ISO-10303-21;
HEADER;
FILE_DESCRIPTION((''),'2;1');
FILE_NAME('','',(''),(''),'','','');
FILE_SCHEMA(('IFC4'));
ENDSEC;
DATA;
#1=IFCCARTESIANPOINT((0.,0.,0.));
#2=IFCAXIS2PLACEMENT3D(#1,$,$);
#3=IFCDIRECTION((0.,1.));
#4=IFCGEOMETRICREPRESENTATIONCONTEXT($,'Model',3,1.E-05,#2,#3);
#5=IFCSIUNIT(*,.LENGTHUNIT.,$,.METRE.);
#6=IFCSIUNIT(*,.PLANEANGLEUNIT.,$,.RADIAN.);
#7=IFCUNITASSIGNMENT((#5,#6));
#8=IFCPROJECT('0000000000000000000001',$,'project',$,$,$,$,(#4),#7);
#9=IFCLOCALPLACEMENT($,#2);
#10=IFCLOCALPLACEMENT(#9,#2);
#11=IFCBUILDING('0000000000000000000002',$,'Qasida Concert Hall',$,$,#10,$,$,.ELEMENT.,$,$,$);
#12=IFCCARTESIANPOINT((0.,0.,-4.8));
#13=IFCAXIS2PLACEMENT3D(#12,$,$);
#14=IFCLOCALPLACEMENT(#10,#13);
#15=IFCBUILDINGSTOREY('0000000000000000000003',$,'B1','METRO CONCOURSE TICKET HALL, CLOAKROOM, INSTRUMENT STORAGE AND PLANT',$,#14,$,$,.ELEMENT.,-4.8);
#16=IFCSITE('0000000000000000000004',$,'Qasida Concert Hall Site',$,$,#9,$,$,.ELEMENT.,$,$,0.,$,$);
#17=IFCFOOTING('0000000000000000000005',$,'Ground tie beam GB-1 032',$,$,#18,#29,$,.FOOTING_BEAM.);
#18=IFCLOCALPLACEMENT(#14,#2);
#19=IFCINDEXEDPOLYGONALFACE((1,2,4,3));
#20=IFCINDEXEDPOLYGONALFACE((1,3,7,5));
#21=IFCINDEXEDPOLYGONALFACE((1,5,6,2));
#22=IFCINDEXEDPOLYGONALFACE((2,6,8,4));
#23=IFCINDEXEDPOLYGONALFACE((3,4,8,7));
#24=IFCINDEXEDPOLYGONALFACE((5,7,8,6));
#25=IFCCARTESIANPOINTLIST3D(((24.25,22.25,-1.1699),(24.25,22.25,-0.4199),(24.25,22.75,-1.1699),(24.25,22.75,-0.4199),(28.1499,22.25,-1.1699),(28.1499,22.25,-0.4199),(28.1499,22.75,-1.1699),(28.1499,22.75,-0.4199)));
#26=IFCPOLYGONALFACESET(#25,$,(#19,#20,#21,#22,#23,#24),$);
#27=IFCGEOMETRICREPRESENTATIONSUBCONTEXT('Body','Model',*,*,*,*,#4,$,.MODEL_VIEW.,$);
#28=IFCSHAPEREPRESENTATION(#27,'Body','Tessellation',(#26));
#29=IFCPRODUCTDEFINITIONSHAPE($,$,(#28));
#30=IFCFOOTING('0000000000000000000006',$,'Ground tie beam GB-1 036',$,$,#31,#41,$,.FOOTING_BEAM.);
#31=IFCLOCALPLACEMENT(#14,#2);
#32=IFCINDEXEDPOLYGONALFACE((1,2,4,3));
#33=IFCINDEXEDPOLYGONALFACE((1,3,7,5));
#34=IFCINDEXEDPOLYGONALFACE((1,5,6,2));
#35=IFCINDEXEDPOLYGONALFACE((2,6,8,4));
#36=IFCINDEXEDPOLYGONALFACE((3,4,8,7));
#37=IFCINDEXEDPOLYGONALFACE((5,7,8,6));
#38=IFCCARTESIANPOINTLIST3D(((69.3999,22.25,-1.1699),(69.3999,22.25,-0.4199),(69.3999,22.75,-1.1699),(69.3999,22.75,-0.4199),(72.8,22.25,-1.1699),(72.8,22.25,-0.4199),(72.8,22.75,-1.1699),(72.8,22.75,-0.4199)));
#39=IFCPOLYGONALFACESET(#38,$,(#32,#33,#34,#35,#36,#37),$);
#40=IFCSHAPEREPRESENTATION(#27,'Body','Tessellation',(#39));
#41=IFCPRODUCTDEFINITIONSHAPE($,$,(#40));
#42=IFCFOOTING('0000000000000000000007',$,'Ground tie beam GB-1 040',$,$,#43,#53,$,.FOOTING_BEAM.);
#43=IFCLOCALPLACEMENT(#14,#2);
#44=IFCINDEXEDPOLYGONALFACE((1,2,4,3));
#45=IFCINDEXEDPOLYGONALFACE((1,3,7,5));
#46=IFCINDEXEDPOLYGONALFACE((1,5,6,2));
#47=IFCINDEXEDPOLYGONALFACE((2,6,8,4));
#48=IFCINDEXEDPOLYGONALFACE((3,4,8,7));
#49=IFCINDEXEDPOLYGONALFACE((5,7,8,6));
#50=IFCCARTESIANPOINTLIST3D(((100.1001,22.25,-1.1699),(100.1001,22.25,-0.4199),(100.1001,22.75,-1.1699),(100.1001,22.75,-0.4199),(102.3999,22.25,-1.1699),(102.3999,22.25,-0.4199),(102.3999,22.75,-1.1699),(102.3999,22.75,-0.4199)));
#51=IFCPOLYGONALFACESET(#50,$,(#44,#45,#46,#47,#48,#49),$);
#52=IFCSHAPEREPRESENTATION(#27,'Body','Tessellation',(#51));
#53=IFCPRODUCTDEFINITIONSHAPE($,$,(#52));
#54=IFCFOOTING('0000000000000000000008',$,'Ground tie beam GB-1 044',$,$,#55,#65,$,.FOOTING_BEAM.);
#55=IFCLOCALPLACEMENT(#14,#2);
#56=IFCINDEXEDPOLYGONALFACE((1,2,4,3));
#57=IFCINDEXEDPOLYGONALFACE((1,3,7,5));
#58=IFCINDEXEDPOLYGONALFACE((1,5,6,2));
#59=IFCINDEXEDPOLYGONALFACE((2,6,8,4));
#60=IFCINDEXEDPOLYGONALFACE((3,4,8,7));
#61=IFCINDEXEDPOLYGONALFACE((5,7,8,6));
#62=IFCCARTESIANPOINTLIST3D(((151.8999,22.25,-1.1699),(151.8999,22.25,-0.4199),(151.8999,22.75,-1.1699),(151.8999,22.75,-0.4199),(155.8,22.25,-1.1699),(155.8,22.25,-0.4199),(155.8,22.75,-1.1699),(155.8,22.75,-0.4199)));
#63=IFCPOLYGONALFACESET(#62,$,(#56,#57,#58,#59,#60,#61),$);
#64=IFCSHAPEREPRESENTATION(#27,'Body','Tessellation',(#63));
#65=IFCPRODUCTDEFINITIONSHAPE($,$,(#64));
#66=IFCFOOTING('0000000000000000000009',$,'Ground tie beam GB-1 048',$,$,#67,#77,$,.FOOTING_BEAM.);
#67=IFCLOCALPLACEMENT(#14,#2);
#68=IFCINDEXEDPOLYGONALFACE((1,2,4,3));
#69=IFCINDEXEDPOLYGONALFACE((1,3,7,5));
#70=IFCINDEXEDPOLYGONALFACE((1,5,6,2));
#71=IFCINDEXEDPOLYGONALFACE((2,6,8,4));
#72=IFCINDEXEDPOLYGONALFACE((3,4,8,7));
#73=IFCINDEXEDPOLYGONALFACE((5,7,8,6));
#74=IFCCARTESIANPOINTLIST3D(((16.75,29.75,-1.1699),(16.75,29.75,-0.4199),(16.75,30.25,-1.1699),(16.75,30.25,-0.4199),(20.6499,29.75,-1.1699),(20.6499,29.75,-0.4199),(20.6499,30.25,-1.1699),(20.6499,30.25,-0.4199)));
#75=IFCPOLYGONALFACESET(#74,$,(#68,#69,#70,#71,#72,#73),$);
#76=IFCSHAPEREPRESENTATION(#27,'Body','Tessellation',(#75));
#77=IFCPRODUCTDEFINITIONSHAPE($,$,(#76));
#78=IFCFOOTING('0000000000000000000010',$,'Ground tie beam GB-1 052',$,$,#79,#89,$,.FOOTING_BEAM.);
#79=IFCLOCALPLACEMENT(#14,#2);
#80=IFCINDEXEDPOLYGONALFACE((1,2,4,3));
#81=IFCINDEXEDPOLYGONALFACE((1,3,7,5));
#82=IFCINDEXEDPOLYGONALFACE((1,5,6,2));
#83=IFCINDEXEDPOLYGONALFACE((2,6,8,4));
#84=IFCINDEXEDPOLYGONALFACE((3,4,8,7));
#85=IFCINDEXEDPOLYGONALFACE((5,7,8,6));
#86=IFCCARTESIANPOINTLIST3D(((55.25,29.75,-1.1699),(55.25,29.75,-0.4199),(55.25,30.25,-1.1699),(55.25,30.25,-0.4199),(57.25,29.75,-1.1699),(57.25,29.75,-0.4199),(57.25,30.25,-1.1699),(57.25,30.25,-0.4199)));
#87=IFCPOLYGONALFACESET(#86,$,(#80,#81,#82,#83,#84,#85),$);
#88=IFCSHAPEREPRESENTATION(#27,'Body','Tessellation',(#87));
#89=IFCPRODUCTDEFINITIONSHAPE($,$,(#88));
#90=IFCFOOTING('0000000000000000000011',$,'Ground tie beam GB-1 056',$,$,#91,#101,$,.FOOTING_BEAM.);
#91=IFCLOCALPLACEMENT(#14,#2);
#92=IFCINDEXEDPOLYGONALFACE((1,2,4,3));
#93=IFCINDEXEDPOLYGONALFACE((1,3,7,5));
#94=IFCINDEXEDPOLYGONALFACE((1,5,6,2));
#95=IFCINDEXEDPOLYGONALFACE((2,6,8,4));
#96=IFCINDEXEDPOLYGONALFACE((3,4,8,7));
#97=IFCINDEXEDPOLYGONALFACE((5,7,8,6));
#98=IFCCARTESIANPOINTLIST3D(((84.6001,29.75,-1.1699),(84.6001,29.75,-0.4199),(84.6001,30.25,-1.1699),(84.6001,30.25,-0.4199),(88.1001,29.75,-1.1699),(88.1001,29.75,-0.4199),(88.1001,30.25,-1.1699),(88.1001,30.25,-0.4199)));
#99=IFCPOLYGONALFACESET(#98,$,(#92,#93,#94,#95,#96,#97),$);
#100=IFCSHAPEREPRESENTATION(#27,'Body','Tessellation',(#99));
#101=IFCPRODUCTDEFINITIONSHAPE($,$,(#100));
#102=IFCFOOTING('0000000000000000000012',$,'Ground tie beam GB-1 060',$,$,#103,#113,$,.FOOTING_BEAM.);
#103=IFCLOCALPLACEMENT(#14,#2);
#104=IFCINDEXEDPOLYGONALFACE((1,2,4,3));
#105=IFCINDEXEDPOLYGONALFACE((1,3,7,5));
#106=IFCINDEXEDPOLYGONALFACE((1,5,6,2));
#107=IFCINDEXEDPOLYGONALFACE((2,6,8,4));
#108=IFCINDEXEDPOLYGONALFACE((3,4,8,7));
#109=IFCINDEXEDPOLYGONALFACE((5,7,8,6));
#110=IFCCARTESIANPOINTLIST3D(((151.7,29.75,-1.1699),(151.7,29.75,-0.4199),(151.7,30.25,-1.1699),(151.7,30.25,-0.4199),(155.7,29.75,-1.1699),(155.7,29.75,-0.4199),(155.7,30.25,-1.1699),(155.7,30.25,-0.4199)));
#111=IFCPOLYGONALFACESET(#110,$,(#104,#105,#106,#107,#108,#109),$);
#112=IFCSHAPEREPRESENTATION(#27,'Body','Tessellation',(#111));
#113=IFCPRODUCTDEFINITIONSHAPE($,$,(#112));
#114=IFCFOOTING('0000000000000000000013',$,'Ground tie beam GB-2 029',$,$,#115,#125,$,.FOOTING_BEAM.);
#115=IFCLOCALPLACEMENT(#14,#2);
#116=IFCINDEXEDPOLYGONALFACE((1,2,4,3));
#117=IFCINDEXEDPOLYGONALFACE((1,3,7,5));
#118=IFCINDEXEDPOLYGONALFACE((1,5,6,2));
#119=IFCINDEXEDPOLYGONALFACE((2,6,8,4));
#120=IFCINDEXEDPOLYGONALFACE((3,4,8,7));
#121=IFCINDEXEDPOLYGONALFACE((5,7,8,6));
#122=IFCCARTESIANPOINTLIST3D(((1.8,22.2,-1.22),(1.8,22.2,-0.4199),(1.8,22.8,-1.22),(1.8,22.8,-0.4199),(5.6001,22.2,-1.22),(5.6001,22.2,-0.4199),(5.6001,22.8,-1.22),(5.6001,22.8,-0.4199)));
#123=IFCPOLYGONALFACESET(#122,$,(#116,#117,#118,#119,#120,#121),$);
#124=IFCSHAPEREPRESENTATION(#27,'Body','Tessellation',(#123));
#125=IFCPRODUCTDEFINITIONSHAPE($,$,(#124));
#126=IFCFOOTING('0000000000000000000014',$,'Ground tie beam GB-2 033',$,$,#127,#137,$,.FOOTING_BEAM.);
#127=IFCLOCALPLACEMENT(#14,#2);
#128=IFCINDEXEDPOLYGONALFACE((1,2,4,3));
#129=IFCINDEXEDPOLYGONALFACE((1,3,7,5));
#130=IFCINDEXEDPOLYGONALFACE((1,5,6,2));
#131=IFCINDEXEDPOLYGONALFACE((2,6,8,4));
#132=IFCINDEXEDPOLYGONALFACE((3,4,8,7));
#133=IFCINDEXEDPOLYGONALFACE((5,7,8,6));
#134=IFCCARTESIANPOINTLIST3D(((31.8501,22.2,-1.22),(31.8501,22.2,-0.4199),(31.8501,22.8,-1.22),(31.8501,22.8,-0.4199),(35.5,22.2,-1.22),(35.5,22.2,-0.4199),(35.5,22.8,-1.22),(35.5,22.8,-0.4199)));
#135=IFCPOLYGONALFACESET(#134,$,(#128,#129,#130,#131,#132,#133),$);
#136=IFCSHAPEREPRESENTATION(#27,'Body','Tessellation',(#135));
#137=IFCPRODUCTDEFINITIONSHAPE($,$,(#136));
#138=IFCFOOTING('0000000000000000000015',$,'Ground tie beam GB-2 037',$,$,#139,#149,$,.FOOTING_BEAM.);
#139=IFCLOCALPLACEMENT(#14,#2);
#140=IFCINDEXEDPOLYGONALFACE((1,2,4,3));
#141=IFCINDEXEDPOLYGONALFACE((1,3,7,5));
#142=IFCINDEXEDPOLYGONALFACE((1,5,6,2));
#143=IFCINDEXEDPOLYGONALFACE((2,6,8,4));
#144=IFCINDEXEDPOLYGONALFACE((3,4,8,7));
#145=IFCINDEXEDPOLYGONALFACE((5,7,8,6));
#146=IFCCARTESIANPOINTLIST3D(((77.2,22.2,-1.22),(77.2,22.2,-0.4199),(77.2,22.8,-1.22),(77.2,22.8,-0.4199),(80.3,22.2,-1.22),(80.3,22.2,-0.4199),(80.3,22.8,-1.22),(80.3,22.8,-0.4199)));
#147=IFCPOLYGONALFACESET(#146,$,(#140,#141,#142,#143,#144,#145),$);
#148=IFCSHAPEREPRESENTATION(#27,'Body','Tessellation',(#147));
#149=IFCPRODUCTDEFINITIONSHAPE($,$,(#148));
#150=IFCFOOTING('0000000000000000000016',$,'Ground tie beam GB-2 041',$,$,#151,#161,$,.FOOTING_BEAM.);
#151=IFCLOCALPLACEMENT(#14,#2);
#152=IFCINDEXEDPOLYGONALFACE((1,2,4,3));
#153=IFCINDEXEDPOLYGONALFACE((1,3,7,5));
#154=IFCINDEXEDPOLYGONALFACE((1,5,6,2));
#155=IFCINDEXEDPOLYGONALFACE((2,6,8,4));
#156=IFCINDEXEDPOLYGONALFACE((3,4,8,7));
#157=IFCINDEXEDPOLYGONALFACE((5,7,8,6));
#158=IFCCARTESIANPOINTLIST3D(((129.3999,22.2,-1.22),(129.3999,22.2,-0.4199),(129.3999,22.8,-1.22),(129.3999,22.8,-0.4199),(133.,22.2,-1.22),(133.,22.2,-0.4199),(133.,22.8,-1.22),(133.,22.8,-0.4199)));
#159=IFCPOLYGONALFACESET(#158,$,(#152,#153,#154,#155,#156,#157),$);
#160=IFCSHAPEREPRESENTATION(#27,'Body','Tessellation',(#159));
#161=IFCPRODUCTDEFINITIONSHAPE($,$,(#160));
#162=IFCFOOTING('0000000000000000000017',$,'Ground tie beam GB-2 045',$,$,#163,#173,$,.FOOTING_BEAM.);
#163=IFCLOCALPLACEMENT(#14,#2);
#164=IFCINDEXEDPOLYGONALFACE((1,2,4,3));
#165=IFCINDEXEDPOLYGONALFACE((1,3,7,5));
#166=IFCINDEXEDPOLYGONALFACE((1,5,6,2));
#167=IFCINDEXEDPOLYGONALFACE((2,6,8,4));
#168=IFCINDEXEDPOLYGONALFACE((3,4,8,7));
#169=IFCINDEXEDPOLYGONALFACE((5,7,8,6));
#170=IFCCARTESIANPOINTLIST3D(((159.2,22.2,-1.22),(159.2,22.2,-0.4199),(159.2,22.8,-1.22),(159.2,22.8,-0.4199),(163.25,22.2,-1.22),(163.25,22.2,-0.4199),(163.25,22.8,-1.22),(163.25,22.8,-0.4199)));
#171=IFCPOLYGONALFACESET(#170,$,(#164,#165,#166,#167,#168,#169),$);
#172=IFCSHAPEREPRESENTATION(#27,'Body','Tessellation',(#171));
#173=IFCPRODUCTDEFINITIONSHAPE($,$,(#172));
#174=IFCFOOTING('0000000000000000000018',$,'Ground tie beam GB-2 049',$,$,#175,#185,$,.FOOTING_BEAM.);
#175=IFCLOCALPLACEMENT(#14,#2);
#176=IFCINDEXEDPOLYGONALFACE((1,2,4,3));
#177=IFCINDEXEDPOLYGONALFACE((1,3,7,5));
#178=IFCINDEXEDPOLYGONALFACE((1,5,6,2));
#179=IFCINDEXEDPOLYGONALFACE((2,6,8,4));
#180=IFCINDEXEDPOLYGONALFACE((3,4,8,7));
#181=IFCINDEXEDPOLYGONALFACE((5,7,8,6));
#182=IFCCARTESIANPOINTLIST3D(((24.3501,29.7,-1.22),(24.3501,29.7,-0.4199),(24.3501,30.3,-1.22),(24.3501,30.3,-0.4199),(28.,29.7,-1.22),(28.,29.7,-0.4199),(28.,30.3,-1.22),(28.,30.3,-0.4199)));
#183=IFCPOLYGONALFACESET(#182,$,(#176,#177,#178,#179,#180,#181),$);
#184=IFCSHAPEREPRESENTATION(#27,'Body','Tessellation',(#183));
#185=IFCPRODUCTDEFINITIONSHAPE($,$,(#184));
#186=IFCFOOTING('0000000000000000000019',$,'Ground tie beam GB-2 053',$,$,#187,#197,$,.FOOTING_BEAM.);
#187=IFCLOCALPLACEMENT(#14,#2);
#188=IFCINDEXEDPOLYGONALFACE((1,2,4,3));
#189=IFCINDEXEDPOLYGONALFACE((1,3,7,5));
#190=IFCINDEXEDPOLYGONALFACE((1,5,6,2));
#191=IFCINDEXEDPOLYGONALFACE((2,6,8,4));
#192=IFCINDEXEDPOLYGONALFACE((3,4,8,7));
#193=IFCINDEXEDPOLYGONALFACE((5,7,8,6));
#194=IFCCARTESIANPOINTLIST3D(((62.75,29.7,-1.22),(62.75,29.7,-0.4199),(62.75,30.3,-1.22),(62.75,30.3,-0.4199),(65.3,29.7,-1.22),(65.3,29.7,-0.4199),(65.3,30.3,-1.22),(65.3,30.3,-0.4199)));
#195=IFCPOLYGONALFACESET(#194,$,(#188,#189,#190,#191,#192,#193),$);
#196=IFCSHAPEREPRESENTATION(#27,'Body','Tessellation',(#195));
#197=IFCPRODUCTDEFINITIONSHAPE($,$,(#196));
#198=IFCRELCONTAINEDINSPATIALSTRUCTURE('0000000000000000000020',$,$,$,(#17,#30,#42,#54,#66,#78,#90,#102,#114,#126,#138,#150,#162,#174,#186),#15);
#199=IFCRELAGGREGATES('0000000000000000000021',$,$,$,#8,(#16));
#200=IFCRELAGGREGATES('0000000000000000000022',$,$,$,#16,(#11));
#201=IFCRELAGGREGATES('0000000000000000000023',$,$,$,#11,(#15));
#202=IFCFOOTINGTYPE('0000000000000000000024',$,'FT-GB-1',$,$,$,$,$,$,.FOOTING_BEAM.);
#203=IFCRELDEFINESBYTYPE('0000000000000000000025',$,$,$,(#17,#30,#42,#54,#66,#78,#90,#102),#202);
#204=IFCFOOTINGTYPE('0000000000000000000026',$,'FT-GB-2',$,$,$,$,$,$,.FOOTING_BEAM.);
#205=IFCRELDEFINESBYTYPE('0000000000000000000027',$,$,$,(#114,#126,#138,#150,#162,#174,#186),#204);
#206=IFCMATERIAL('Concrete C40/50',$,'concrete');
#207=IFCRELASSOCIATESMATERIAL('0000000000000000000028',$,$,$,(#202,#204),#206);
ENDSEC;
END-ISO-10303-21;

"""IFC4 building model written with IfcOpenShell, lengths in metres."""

from ifc_helpers import new_model, si_unit, direction, frame, origin, place, context, subcontext, project, spatial, polyline, outline, extrude, material, type_object, element, save


model = new_model("IFC4")

# Units and contexts
model_context = context("Model", 3, precision=1e-05, world=origin(), true_north=direction((0.0, 1.0)))
body_context = subcontext(model_context, "Body", "Model", "MODEL_VIEW")
ifc_project = project(units=[si_unit("LENGTHUNIT", "METRE"), si_unit("PLANEANGLEUNIT", "RADIAN")], contexts=[model_context])

# Site, building, storey
site_placement = place(None, origin())
site = spatial("IfcSite", under=ifc_project, at=site_placement, Name="Qasida Concert Hall Site", CompositionType="ELEMENT", RefElevation=0.0)
building_placement = place(site_placement, origin())
building = spatial("IfcBuilding", under=site, at=building_placement, Name="Qasida Concert Hall", CompositionType="ELEMENT")
storey_placement = place(building_placement, frame((0.0, 0.0, -4.8)))
storey = spatial("IfcBuildingStorey", under=building, at=storey_placement, Name="B1", Description="METRO CONCOURSE TICKET HALL, CLOAKROOM, INSTRUMENT STORAGE AND PLANT", CompositionType="ELEMENT", Elevation=-4.8)

# Footings
ifc_material = material(Name="Concrete C40/50", Category="concrete")
footing_type_1 = type_object("IfcFootingType", Name="FT-GB-1", PredefinedType="FOOTING_BEAM", material=ifc_material)
footing_1_placement = place(storey_placement, frame((0.0, 0.0, -1.1699)))
element("IfcFooting", 1, at=footing_1_placement, inside=storey, type_object=footing_type_1, Name="Ground tie beam GB-1 032", PredefinedType="FOOTING_BEAM", context=body_context, shape_type="SweptSolid", body=[
    extrude(outline(polyline([(24.25, 22.25), (28.1499, 22.25), (28.1499, 22.75), (24.25, 22.75), (24.25, 22.25)])), origin(), (0.0, 0.0, 1.0), 0.75),
])
footing_2_placement = place(storey_placement, frame((0.0, 0.0, -1.1699)))
element("IfcFooting", 2, at=footing_2_placement, inside=storey, type_object=footing_type_1, Name="Ground tie beam GB-1 036", PredefinedType="FOOTING_BEAM", context=body_context, shape_type="SweptSolid", body=[
    extrude(outline(polyline([(69.3999, 22.25), (72.8, 22.25), (72.8, 22.75), (69.3999, 22.75), (69.3999, 22.25)])), origin(), (0.0, 0.0, 1.0), 0.75),
])
footing_3_placement = place(storey_placement, frame((0.0, 0.0, -1.1699)))
element("IfcFooting", 3, at=footing_3_placement, inside=storey, type_object=footing_type_1, Name="Ground tie beam GB-1 040", PredefinedType="FOOTING_BEAM", context=body_context, shape_type="SweptSolid", body=[
    extrude(outline(polyline([(100.1001, 22.25), (102.3999, 22.25), (102.3999, 22.75), (100.1001, 22.75), (100.1001, 22.25)])), origin(), (0.0, 0.0, 1.0), 0.75),
])
footing_4_placement = place(storey_placement, frame((0.0, 0.0, -1.1699)))
element("IfcFooting", 4, at=footing_4_placement, inside=storey, type_object=footing_type_1, Name="Ground tie beam GB-1 044", PredefinedType="FOOTING_BEAM", context=body_context, shape_type="SweptSolid", body=[
    extrude(outline(polyline([(151.8999, 22.25), (155.8, 22.25), (155.8, 22.75), (151.8999, 22.75), (151.8999, 22.25)])), origin(), (0.0, 0.0, 1.0), 0.75),
])
footing_5_placement = place(storey_placement, frame((0.0, 0.0, -1.1699)))
element("IfcFooting", 5, at=footing_5_placement, inside=storey, type_object=footing_type_1, Name="Ground tie beam GB-1 048", PredefinedType="FOOTING_BEAM", context=body_context, shape_type="SweptSolid", body=[
    extrude(outline(polyline([(16.75, 29.75), (20.6499, 29.75), (20.6499, 30.25), (16.75, 30.25), (16.75, 29.75)])), origin(), (0.0, 0.0, 1.0), 0.75),
])
footing_6_placement = place(storey_placement, frame((0.0, 0.0, -1.1699)))
element("IfcFooting", 6, at=footing_6_placement, inside=storey, type_object=footing_type_1, Name="Ground tie beam GB-1 052", PredefinedType="FOOTING_BEAM", context=body_context, shape_type="SweptSolid", body=[
    extrude(outline(polyline([(55.25, 29.75), (57.25, 29.75), (57.25, 30.25), (55.25, 30.25), (55.25, 29.75)])), origin(), (0.0, 0.0, 1.0), 0.75),
])
footing_7_placement = place(storey_placement, frame((0.0, 0.0, -1.1699)))
element("IfcFooting", 7, at=footing_7_placement, inside=storey, type_object=footing_type_1, Name="Ground tie beam GB-1 056", PredefinedType="FOOTING_BEAM", context=body_context, shape_type="SweptSolid", body=[
    extrude(outline(polyline([(84.6001, 29.75), (88.1001, 29.75), (88.1001, 30.25), (84.6001, 30.25), (84.6001, 29.75)])), origin(), (0.0, 0.0, 1.0), 0.75),
])
footing_8_placement = place(storey_placement, frame((0.0, 0.0, -1.1699)))
element("IfcFooting", 8, at=footing_8_placement, inside=storey, type_object=footing_type_1, Name="Ground tie beam GB-1 060", PredefinedType="FOOTING_BEAM", context=body_context, shape_type="SweptSolid", body=[
    extrude(outline(polyline([(151.7, 29.75), (155.7, 29.75), (155.7, 30.25), (151.7, 30.25), (151.7, 29.75)])), origin(), (0.0, 0.0, 1.0), 0.75),
])
footing_type_2 = type_object("IfcFootingType", Name="FT-GB-2", PredefinedType="FOOTING_BEAM", material=ifc_material)
footing_9_placement = place(storey_placement, frame((0.0, 0.0, -1.22)))
element("IfcFooting", 9, at=footing_9_placement, inside=storey, type_object=footing_type_2, Name="Ground tie beam GB-2 029", PredefinedType="FOOTING_BEAM", context=body_context, shape_type="SweptSolid", body=[
    extrude(outline(polyline([(1.8, 22.2), (5.6001, 22.2), (5.6001, 22.8), (1.8, 22.8), (1.8, 22.2)])), origin(), (0.0, 0.0, 1.0), 0.8),
])
footing_10_placement = place(storey_placement, frame((0.0, 0.0, -1.22)))
element("IfcFooting", 10, at=footing_10_placement, inside=storey, type_object=footing_type_2, Name="Ground tie beam GB-2 033", PredefinedType="FOOTING_BEAM", context=body_context, shape_type="SweptSolid", body=[
    extrude(outline(polyline([(31.8501, 22.2), (35.5, 22.2), (35.5, 22.8), (31.8501, 22.8), (31.8501, 22.2)])), origin(), (0.0, 0.0, 1.0), 0.8),
])
footing_11_placement = place(storey_placement, frame((0.0, 0.0, -1.22)))
element("IfcFooting", 11, at=footing_11_placement, inside=storey, type_object=footing_type_2, Name="Ground tie beam GB-2 037", PredefinedType="FOOTING_BEAM", context=body_context, shape_type="SweptSolid", body=[
    extrude(outline(polyline([(77.2, 22.2), (80.3, 22.2), (80.3, 22.8), (77.2, 22.8), (77.2, 22.2)])), origin(), (0.0, 0.0, 1.0), 0.8),
])
footing_12_placement = place(storey_placement, frame((0.0, 0.0, -1.22)))
element("IfcFooting", 12, at=footing_12_placement, inside=storey, type_object=footing_type_2, Name="Ground tie beam GB-2 041", PredefinedType="FOOTING_BEAM", context=body_context, shape_type="SweptSolid", body=[
    extrude(outline(polyline([(129.3999, 22.2), (133.0, 22.2), (133.0, 22.8), (129.3999, 22.8), (129.3999, 22.2)])), origin(), (0.0, 0.0, 1.0), 0.8),
])
footing_13_placement = place(storey_placement, frame((0.0, 0.0, -1.22)))
element("IfcFooting", 13, at=footing_13_placement, inside=storey, type_object=footing_type_2, Name="Ground tie beam GB-2 045", PredefinedType="FOOTING_BEAM", context=body_context, shape_type="SweptSolid", body=[
    extrude(outline(polyline([(159.2, 22.2), (163.25, 22.2), (163.25, 22.8), (159.2, 22.8), (159.2, 22.2)])), origin(), (0.0, 0.0, 1.0), 0.8),
])
footing_14_placement = place(storey_placement, frame((0.0, 0.0, -1.22)))
element("IfcFooting", 14, at=footing_14_placement, inside=storey, type_object=footing_type_2, Name="Ground tie beam GB-2 049", PredefinedType="FOOTING_BEAM", context=body_context, shape_type="SweptSolid", body=[
    extrude(outline(polyline([(24.3501, 29.7), (28.0, 29.7), (28.0, 30.3), (24.3501, 30.3), (24.3501, 29.7)])), origin(), (0.0, 0.0, 1.0), 0.8),
])
footing_15_placement = place(storey_placement, frame((0.0, 0.0, -1.22)))
element("IfcFooting", 15, at=footing_15_placement, inside=storey, type_object=footing_type_2, Name="Ground tie beam GB-2 053", PredefinedType="FOOTING_BEAM", context=body_context, shape_type="SweptSolid", body=[
    extrude(outline(polyline([(62.75, 29.7), (65.3, 29.7), (65.3, 30.3), (62.75, 30.3), (62.75, 29.7)])), origin(), (0.0, 0.0, 1.0), 0.8),
])

save(model, "model.ifc")
